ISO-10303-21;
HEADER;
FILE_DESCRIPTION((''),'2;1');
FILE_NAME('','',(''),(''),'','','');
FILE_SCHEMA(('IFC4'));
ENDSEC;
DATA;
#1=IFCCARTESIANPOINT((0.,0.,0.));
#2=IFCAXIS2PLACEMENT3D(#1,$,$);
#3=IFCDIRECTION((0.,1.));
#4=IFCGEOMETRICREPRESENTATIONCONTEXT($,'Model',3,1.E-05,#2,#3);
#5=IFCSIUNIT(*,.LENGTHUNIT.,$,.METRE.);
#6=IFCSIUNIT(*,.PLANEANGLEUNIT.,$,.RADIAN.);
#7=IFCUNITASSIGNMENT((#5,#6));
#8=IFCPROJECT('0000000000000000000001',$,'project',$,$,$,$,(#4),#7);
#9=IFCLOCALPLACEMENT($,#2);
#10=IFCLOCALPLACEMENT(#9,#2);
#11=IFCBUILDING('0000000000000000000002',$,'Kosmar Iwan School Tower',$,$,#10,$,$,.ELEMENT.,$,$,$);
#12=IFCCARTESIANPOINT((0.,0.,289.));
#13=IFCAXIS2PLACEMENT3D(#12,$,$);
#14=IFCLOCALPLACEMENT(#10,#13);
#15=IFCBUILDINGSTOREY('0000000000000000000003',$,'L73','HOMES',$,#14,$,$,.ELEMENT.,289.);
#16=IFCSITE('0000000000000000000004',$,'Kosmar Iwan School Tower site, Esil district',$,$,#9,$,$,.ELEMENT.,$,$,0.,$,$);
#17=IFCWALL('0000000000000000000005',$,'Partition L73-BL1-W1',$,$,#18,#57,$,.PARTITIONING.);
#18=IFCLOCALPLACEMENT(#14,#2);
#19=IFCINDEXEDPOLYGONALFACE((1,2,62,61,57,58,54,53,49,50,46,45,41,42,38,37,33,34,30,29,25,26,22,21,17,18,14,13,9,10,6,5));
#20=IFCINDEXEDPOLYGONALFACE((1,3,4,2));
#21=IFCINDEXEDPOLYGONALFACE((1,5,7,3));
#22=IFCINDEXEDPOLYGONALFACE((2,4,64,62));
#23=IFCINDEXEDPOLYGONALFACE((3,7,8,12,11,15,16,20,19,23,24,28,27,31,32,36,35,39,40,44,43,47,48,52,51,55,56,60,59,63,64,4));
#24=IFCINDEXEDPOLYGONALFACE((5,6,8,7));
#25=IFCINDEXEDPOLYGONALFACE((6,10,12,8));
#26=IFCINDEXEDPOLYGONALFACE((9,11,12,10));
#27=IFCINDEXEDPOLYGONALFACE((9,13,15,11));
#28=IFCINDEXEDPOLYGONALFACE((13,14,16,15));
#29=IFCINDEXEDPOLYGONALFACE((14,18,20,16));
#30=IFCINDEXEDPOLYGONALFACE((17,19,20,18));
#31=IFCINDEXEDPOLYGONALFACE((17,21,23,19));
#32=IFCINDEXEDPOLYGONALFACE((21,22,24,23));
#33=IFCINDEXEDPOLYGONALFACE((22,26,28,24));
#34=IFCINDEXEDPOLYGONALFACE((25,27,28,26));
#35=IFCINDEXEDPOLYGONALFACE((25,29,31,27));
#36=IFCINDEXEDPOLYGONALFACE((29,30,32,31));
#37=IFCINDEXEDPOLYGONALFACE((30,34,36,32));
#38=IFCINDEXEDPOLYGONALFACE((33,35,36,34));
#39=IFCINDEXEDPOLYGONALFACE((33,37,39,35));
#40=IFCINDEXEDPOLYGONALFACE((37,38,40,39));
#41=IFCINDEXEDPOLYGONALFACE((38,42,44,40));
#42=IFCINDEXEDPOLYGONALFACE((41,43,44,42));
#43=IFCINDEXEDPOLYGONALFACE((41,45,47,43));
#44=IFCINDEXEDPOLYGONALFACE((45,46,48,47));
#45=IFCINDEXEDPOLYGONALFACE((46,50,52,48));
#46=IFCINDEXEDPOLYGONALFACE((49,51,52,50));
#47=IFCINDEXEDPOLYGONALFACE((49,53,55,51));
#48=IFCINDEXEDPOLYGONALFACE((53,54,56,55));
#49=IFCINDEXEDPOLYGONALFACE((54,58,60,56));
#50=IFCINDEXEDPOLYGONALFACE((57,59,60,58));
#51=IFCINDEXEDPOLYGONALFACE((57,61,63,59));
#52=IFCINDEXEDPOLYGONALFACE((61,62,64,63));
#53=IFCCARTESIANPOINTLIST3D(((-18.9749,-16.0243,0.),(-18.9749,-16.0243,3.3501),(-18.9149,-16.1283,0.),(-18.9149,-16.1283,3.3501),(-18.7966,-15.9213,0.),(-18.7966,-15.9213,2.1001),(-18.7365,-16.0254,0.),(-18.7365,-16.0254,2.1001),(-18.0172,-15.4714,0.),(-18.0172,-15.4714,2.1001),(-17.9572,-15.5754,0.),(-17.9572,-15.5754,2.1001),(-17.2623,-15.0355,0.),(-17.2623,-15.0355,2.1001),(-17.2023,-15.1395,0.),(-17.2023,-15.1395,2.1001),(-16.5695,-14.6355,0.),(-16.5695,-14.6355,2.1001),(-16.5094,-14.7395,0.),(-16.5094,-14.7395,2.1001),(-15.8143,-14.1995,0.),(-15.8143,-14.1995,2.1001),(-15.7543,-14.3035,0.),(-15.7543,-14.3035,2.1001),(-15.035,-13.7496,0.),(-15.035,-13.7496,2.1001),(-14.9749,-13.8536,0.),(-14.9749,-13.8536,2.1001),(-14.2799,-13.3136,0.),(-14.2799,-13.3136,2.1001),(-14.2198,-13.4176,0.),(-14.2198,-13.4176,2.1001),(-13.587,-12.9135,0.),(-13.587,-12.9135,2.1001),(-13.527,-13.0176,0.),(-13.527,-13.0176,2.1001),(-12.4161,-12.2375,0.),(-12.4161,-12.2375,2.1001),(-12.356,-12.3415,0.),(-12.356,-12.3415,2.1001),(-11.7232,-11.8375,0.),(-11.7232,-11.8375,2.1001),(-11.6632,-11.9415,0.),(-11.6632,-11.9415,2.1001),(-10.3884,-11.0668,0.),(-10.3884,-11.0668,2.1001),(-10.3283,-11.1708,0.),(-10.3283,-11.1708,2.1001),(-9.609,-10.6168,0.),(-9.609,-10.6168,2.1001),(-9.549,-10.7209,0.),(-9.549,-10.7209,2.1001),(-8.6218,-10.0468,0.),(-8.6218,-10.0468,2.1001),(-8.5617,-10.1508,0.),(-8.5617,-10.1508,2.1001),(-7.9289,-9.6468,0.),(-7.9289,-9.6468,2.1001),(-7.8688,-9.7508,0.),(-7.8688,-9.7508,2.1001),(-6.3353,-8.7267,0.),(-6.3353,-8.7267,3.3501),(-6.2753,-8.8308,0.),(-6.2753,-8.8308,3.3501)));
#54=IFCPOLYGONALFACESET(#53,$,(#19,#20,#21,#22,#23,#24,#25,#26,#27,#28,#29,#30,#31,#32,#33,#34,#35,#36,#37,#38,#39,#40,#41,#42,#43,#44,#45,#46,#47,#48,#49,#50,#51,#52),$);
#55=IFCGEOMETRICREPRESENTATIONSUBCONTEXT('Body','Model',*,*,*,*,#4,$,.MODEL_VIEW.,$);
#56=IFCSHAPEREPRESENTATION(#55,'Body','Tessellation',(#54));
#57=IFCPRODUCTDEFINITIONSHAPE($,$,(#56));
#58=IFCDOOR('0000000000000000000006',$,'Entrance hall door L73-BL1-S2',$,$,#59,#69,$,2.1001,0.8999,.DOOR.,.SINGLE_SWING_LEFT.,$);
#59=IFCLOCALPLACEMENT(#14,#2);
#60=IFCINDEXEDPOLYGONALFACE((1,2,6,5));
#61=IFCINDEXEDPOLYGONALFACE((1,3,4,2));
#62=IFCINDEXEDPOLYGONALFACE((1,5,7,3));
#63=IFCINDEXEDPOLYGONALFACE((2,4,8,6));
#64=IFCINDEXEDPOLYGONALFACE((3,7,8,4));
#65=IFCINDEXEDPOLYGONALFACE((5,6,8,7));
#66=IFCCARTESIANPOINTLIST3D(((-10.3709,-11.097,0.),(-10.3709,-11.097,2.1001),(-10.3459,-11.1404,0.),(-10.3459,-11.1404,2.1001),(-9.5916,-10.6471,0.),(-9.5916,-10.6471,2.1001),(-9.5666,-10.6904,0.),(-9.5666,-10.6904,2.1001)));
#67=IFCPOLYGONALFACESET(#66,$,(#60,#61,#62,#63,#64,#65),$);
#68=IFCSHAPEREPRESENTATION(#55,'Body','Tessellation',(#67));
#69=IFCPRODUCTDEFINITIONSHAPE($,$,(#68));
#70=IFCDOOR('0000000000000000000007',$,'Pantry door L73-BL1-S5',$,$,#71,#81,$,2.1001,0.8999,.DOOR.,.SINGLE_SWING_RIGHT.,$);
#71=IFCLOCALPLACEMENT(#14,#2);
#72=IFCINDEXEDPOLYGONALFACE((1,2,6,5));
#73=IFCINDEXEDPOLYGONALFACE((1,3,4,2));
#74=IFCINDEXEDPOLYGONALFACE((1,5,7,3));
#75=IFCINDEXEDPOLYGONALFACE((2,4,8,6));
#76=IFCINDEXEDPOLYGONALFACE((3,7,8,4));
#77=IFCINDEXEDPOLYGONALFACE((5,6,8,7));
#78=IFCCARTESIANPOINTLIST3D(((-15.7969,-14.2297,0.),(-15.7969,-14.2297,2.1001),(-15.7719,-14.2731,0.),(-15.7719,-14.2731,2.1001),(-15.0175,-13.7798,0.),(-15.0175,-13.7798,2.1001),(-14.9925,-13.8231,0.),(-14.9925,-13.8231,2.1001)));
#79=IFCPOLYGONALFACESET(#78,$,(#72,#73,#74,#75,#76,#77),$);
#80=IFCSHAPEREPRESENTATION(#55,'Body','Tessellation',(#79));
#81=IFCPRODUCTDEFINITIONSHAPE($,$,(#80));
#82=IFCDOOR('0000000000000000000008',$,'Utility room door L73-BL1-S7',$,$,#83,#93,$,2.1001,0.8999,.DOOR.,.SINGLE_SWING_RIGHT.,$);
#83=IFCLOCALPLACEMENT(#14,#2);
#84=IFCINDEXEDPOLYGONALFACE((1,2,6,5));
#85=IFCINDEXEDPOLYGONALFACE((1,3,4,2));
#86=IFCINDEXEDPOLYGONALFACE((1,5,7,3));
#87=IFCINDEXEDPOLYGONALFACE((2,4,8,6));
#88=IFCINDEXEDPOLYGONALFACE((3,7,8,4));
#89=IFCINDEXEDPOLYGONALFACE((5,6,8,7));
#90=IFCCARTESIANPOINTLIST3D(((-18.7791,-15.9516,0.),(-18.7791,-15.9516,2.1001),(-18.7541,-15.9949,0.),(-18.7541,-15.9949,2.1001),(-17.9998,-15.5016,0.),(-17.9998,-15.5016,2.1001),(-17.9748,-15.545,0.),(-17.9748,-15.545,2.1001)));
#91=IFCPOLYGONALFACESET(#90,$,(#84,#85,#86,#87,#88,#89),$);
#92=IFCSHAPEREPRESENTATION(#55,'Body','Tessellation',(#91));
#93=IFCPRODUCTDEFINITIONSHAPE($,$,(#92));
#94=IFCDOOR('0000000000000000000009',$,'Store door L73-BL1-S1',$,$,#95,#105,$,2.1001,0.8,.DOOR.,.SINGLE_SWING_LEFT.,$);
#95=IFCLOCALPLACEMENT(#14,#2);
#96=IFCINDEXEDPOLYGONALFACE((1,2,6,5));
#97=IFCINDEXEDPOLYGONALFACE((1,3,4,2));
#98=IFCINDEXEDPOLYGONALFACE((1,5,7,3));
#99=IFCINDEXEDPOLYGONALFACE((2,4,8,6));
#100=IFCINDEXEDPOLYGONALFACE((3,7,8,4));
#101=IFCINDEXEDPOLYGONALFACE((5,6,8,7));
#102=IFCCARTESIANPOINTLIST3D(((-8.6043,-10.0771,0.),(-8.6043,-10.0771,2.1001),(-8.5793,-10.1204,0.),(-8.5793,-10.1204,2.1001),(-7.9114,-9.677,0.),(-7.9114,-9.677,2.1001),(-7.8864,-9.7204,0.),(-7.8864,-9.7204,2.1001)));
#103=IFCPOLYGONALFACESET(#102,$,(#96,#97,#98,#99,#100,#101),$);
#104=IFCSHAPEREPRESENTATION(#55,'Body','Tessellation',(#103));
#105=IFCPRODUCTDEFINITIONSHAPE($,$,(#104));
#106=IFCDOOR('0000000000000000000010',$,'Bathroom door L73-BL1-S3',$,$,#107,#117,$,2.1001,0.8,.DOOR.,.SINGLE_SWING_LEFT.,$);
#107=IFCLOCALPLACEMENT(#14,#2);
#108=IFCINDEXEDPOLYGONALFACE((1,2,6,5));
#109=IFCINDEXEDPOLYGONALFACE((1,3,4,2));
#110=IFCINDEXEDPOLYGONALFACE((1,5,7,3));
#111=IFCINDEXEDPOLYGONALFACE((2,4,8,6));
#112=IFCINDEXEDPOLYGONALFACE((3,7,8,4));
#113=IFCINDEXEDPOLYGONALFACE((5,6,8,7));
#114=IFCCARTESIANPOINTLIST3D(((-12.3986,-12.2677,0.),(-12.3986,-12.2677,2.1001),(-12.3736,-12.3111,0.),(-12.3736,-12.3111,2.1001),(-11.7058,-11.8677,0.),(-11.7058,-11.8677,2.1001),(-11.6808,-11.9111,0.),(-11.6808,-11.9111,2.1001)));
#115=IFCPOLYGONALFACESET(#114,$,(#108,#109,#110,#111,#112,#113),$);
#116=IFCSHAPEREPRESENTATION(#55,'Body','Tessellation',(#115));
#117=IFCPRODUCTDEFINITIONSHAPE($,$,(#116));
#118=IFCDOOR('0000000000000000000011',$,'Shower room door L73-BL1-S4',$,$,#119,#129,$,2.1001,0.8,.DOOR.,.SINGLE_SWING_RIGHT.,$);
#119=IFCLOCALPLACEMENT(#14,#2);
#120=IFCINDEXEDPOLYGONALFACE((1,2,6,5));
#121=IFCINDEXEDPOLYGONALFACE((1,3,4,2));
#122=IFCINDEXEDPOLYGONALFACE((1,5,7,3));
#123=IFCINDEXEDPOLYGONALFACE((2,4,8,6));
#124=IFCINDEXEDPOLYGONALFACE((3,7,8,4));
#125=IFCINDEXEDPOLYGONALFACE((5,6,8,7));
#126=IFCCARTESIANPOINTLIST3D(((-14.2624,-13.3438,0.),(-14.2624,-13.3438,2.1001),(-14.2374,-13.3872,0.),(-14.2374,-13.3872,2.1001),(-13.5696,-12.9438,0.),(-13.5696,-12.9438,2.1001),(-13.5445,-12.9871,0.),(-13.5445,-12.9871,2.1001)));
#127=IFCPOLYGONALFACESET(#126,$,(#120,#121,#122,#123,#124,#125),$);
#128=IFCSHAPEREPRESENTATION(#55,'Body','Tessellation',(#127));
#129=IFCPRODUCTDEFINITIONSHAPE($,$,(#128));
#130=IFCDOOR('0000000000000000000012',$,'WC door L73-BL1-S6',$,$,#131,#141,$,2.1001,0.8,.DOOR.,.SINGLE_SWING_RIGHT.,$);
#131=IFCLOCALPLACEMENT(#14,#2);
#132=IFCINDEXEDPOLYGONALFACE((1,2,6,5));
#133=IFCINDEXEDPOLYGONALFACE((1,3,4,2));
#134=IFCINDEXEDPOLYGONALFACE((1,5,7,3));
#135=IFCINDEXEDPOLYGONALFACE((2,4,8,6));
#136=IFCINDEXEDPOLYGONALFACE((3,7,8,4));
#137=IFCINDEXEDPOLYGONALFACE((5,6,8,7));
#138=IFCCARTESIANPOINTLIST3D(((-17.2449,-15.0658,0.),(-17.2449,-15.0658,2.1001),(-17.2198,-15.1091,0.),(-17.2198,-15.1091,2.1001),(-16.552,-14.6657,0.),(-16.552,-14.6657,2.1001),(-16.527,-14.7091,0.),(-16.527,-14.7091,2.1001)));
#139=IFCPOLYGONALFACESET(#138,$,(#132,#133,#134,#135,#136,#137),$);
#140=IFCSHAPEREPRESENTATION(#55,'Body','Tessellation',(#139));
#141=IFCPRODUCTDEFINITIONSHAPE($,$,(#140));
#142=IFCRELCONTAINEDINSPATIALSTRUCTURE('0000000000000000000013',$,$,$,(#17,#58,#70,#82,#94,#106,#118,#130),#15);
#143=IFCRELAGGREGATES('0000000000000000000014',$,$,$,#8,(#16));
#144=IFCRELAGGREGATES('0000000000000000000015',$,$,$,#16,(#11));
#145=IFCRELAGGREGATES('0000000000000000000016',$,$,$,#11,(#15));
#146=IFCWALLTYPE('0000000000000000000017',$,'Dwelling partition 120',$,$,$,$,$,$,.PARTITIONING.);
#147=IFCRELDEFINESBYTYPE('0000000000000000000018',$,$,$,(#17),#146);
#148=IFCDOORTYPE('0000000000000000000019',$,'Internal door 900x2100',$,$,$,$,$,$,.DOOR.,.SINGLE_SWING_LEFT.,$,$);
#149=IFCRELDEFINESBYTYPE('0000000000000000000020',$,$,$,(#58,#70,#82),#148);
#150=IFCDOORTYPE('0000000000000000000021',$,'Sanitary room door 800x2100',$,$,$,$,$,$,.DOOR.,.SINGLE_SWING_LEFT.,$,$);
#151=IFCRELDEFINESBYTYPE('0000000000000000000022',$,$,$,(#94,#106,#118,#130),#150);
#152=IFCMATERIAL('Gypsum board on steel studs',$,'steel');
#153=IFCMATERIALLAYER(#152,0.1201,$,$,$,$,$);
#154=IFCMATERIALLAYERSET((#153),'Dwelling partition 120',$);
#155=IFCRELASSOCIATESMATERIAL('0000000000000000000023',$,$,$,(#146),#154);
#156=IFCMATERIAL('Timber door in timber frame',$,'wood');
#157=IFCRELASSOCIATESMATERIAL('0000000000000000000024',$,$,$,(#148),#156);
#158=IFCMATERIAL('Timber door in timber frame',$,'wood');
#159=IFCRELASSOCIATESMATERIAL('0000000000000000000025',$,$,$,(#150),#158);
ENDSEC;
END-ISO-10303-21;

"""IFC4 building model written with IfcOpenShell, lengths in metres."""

from ifc_helpers import new_model, si_unit, direction, frame, frame_2d, origin, place, context, subcontext, project, spatial, rectangle, extrude, material, layer, layer_set, type_object, element, fill, save


model = new_model("IFC4")

# Units and contexts
model_context = context("Model", 3, precision=1e-05, world=origin(), true_north=direction((0.0, 1.0)))
body_context = subcontext(model_context, "Body", "Model", "MODEL_VIEW")
ifc_project = project(units=[si_unit("LENGTHUNIT", "METRE"), si_unit("PLANEANGLEUNIT", "RADIAN")], contexts=[model_context])

# Site, building, storey
site_placement = place(None, origin())
site = spatial("IfcSite", under=ifc_project, at=site_placement, Name="Kosmar Iwan School Tower site, Esil district", CompositionType="ELEMENT", RefElevation=0.0)
building_placement = place(site_placement, origin())
building = spatial("IfcBuilding", under=site, at=building_placement, Name="Kosmar Iwan School Tower", CompositionType="ELEMENT")
storey_placement = place(building_placement, frame((0.0, 0.0, 289.0)))
storey = spatial("IfcBuildingStorey", under=building, at=storey_placement, Name="L73", Description="HOMES", CompositionType="ELEMENT", Elevation=289.0)

# Wall, openings, doors
ifc_material_1 = material(Name="Gypsum board on steel studs", Category="steel")
ifc_layer_1 = layer(ifc_material_1, 0.1201)
ifc_layer_set_1 = layer_set([ifc_layer_1], Name="Dwelling partition 120")
wall_type_1 = type_object("IfcWallType", Name="Dwelling partition 120", PredefinedType="PARTITIONING", material=ifc_layer_set_1)
wall_1_placement = place(storey_placement, frame((-6.3054, -8.7788, 0.0), z_axis=(0.0, 0.0, 1.0), x_axis=(-0.866022, -0.500005, 0.0)))
wall_1 = element("IfcWall", 1, at=wall_1_placement, inside=storey, type_object=wall_type_1, Name="Partition L73-BL1-W1", PredefinedType="PARTITIONING", context=body_context, shape_type="SweptSolid", body=[
    extrude(rectangle(XDim=14.595, YDim=0.1201, at=frame_2d((7.2974, 0.0))), origin(), (0.0, 0.0, 1.0), 3.3501),
])
opening_1_placement = place(wall_1_placement, frame((1.8401, 0.0, 0.0)))
opening_1 = element("IfcOpeningElement", 2, at=opening_1_placement, cuts=wall_1, PredefinedType="OPENING", context=body_context, shape_type="SweptSolid", body=[
    extrude(rectangle(XDim=0.8, YDim=2.1001, at=frame_2d((0.3999, 1.05))), frame((0.0, 0.072, 0.0), z_axis=(0.0, -1.0, 0.0), x_axis=(1.0, 0.0, 0.0)), (0.0, 0.0, 1.0), 0.144),
])
opening_2_placement = place(wall_1_placement, frame((3.78, 0.0, 0.0)))
opening_2 = element("IfcOpeningElement", 3, at=opening_2_placement, cuts=wall_1, PredefinedType="OPENING", context=body_context, shape_type="SweptSolid", body=[
    extrude(rectangle(XDim=0.8999, YDim=2.1001, at=frame_2d((0.45, 1.05))), frame((0.0, 0.072, 0.0), z_axis=(0.0, -1.0, 0.0), x_axis=(1.0, 0.0, 0.0)), (0.0, 0.0, 1.0), 0.144),
])
opening_3_placement = place(wall_1_placement, frame((6.2214, 0.0, 0.0)))
opening_3 = element("IfcOpeningElement", 4, at=opening_3_placement, cuts=wall_1, PredefinedType="OPENING", context=body_context, shape_type="SweptSolid", body=[
    extrude(rectangle(XDim=0.8, YDim=2.1001, at=frame_2d((0.3999, 1.05))), frame((0.0, 0.072, 0.0), z_axis=(0.0, -1.0, 0.0), x_axis=(1.0, 0.0, 0.0)), (0.0, 0.0, 1.0), 0.144),
])
opening_4_placement = place(wall_1_placement, frame((8.3735, 0.0, 0.0)))
opening_4 = element("IfcOpeningElement", 5, at=opening_4_placement, cuts=wall_1, PredefinedType="OPENING", context=body_context, shape_type="SweptSolid", body=[
    extrude(rectangle(XDim=0.8, YDim=2.1001, at=frame_2d((0.3999, 1.05))), frame((0.0, 0.072, 0.0), z_axis=(0.0, -1.0, 0.0), x_axis=(1.0, 0.0, 0.0)), (0.0, 0.0, 1.0), 0.144),
])
opening_5_placement = place(wall_1_placement, frame((10.0454, 0.0, 0.0)))
opening_5 = element("IfcOpeningElement", 6, at=opening_5_placement, cuts=wall_1, PredefinedType="OPENING", context=body_context, shape_type="SweptSolid", body=[
    extrude(rectangle(XDim=0.8999, YDim=2.1001, at=frame_2d((0.45, 1.05))), frame((0.0, 0.072, 0.0), z_axis=(0.0, -1.0, 0.0), x_axis=(1.0, 0.0, 0.0)), (0.0, 0.0, 1.0), 0.144),
])
opening_6_placement = place(wall_1_placement, frame((11.8174, 0.0, 0.0)))
opening_6 = element("IfcOpeningElement", 7, at=opening_6_placement, cuts=wall_1, PredefinedType="OPENING", context=body_context, shape_type="SweptSolid", body=[
    extrude(rectangle(XDim=0.8, YDim=2.1001, at=frame_2d((0.3999, 1.05))), frame((0.0, 0.072, 0.0), z_axis=(0.0, -1.0, 0.0), x_axis=(1.0, 0.0, 0.0)), (0.0, 0.0, 1.0), 0.144),
])
opening_7_placement = place(wall_1_placement, frame((13.489, 0.0, 0.0)))
opening_7 = element("IfcOpeningElement", 8, at=opening_7_placement, cuts=wall_1, PredefinedType="OPENING", context=body_context, shape_type="SweptSolid", body=[
    extrude(rectangle(XDim=0.8999, YDim=2.1001, at=frame_2d((0.45, 1.05))), frame((0.0, 0.072, 0.0), z_axis=(0.0, -1.0, 0.0), x_axis=(1.0, 0.0, 0.0)), (0.0, 0.0, 1.0), 0.144),
])
ifc_material_2 = material(Name="Timber door in timber frame", Category="wood")
door_type_1 = type_object("IfcDoorType", Name="Internal door 900x2100", OperationType="SINGLE_SWING_LEFT", PredefinedType="DOOR", material=ifc_material_2)
door_1_placement = place(opening_2_placement, origin())
door_1 = element("IfcDoor", 9, at=door_1_placement, inside=storey, type_object=door_type_1, Name="Entrance hall door L73-BL1-S2", OperationType="SINGLE_SWING_LEFT", OverallHeight=2.1001, OverallWidth=0.8999, PredefinedType="DOOR", context=body_context, shape_type="SweptSolid", body=[
    extrude(rectangle(XDim=0.8999, YDim=2.1001, at=frame_2d((0.45, 1.05))), frame((0.0, 0.0249, 0.0), z_axis=(0.0, -1.0, 0.0), x_axis=(1.0, 0.0, 0.0)), (0.0, 0.0, 1.0), 0.05),
])
fill(opening_2, door_1)
door_2_placement = place(opening_5_placement, origin())
door_2 = element("IfcDoor", 10, at=door_2_placement, inside=storey, type_object=door_type_1, Name="Pantry door L73-BL1-S5", OperationType="SINGLE_SWING_RIGHT", OverallHeight=2.1001, OverallWidth=0.8999, PredefinedType="DOOR", context=body_context, shape_type="SweptSolid", body=[
    extrude(rectangle(XDim=0.8999, YDim=2.1001, at=frame_2d((0.45, 1.05))), frame((0.0, 0.0249, 0.0), z_axis=(0.0, -1.0, 0.0), x_axis=(1.0, 0.0, 0.0)), (0.0, 0.0, 1.0), 0.05),
])
fill(opening_5, door_2)
door_3_placement = place(opening_7_placement, origin())
door_3 = element("IfcDoor", 11, at=door_3_placement, inside=storey, type_object=door_type_1, Name="Utility room door L73-BL1-S7", OperationType="SINGLE_SWING_RIGHT", OverallHeight=2.1001, OverallWidth=0.8999, PredefinedType="DOOR", context=body_context, shape_type="SweptSolid", body=[
    extrude(rectangle(XDim=0.8999, YDim=2.1001, at=frame_2d((0.45, 1.05))), frame((0.0, 0.0249, 0.0), z_axis=(0.0, -1.0, 0.0), x_axis=(1.0, 0.0, 0.0)), (0.0, 0.0, 1.0), 0.05),
])
fill(opening_7, door_3)
ifc_material_3 = material(Name="Timber door in timber frame", Category="wood")
door_type_2 = type_object("IfcDoorType", Name="Sanitary room door 800x2100", OperationType="SINGLE_SWING_LEFT", PredefinedType="DOOR", material=ifc_material_3)
door_4_placement = place(opening_1_placement, origin())
door_4 = element("IfcDoor", 12, at=door_4_placement, inside=storey, type_object=door_type_2, Name="Store door L73-BL1-S1", OperationType="SINGLE_SWING_LEFT", OverallHeight=2.1001, OverallWidth=0.8, PredefinedType="DOOR", context=body_context, shape_type="SweptSolid", body=[
    extrude(rectangle(XDim=0.8, YDim=2.1001, at=frame_2d((0.3999, 1.05))), frame((0.0, 0.0249, 0.0), z_axis=(0.0, -1.0, 0.0), x_axis=(1.0, 0.0, 0.0)), (0.0, 0.0, 1.0), 0.05),
])
fill(opening_1, door_4)
door_5_placement = place(opening_3_placement, origin())
door_5 = element("IfcDoor", 13, at=door_5_placement, inside=storey, type_object=door_type_2, Name="Bathroom door L73-BL1-S3", OperationType="SINGLE_SWING_LEFT", OverallHeight=2.1001, OverallWidth=0.8, PredefinedType="DOOR", context=body_context, shape_type="SweptSolid", body=[
    extrude(rectangle(XDim=0.8, YDim=2.1001, at=frame_2d((0.3999, 1.05))), frame((0.0, 0.0249, 0.0), z_axis=(0.0, -1.0, 0.0), x_axis=(1.0, 0.0, 0.0)), (0.0, 0.0, 1.0), 0.05),
])
fill(opening_3, door_5)
door_6_placement = place(opening_4_placement, origin())
door_6 = element("IfcDoor", 14, at=door_6_placement, inside=storey, type_object=door_type_2, Name="Shower room door L73-BL1-S4", OperationType="SINGLE_SWING_RIGHT", OverallHeight=2.1001, OverallWidth=0.8, PredefinedType="DOOR", context=body_context, shape_type="SweptSolid", body=[
    extrude(rectangle(XDim=0.8, YDim=2.1001, at=frame_2d((0.3999, 1.05))), frame((0.0, 0.0249, 0.0), z_axis=(0.0, -1.0, 0.0), x_axis=(1.0, 0.0, 0.0)), (0.0, 0.0, 1.0), 0.05),
])
fill(opening_4, door_6)
door_7_placement = place(opening_6_placement, origin())
door_7 = element("IfcDoor", 15, at=door_7_placement, inside=storey, type_object=door_type_2, Name="WC door L73-BL1-S6", OperationType="SINGLE_SWING_RIGHT", OverallHeight=2.1001, OverallWidth=0.8, PredefinedType="DOOR", context=body_context, shape_type="SweptSolid", body=[
    extrude(rectangle(XDim=0.8, YDim=2.1001, at=frame_2d((0.3999, 1.05))), frame((0.0, 0.0249, 0.0), z_axis=(0.0, -1.0, 0.0), x_axis=(1.0, 0.0, 0.0)), (0.0, 0.0, 1.0), 0.05),
])
fill(opening_6, door_7)

save(model, "model.ifc")
